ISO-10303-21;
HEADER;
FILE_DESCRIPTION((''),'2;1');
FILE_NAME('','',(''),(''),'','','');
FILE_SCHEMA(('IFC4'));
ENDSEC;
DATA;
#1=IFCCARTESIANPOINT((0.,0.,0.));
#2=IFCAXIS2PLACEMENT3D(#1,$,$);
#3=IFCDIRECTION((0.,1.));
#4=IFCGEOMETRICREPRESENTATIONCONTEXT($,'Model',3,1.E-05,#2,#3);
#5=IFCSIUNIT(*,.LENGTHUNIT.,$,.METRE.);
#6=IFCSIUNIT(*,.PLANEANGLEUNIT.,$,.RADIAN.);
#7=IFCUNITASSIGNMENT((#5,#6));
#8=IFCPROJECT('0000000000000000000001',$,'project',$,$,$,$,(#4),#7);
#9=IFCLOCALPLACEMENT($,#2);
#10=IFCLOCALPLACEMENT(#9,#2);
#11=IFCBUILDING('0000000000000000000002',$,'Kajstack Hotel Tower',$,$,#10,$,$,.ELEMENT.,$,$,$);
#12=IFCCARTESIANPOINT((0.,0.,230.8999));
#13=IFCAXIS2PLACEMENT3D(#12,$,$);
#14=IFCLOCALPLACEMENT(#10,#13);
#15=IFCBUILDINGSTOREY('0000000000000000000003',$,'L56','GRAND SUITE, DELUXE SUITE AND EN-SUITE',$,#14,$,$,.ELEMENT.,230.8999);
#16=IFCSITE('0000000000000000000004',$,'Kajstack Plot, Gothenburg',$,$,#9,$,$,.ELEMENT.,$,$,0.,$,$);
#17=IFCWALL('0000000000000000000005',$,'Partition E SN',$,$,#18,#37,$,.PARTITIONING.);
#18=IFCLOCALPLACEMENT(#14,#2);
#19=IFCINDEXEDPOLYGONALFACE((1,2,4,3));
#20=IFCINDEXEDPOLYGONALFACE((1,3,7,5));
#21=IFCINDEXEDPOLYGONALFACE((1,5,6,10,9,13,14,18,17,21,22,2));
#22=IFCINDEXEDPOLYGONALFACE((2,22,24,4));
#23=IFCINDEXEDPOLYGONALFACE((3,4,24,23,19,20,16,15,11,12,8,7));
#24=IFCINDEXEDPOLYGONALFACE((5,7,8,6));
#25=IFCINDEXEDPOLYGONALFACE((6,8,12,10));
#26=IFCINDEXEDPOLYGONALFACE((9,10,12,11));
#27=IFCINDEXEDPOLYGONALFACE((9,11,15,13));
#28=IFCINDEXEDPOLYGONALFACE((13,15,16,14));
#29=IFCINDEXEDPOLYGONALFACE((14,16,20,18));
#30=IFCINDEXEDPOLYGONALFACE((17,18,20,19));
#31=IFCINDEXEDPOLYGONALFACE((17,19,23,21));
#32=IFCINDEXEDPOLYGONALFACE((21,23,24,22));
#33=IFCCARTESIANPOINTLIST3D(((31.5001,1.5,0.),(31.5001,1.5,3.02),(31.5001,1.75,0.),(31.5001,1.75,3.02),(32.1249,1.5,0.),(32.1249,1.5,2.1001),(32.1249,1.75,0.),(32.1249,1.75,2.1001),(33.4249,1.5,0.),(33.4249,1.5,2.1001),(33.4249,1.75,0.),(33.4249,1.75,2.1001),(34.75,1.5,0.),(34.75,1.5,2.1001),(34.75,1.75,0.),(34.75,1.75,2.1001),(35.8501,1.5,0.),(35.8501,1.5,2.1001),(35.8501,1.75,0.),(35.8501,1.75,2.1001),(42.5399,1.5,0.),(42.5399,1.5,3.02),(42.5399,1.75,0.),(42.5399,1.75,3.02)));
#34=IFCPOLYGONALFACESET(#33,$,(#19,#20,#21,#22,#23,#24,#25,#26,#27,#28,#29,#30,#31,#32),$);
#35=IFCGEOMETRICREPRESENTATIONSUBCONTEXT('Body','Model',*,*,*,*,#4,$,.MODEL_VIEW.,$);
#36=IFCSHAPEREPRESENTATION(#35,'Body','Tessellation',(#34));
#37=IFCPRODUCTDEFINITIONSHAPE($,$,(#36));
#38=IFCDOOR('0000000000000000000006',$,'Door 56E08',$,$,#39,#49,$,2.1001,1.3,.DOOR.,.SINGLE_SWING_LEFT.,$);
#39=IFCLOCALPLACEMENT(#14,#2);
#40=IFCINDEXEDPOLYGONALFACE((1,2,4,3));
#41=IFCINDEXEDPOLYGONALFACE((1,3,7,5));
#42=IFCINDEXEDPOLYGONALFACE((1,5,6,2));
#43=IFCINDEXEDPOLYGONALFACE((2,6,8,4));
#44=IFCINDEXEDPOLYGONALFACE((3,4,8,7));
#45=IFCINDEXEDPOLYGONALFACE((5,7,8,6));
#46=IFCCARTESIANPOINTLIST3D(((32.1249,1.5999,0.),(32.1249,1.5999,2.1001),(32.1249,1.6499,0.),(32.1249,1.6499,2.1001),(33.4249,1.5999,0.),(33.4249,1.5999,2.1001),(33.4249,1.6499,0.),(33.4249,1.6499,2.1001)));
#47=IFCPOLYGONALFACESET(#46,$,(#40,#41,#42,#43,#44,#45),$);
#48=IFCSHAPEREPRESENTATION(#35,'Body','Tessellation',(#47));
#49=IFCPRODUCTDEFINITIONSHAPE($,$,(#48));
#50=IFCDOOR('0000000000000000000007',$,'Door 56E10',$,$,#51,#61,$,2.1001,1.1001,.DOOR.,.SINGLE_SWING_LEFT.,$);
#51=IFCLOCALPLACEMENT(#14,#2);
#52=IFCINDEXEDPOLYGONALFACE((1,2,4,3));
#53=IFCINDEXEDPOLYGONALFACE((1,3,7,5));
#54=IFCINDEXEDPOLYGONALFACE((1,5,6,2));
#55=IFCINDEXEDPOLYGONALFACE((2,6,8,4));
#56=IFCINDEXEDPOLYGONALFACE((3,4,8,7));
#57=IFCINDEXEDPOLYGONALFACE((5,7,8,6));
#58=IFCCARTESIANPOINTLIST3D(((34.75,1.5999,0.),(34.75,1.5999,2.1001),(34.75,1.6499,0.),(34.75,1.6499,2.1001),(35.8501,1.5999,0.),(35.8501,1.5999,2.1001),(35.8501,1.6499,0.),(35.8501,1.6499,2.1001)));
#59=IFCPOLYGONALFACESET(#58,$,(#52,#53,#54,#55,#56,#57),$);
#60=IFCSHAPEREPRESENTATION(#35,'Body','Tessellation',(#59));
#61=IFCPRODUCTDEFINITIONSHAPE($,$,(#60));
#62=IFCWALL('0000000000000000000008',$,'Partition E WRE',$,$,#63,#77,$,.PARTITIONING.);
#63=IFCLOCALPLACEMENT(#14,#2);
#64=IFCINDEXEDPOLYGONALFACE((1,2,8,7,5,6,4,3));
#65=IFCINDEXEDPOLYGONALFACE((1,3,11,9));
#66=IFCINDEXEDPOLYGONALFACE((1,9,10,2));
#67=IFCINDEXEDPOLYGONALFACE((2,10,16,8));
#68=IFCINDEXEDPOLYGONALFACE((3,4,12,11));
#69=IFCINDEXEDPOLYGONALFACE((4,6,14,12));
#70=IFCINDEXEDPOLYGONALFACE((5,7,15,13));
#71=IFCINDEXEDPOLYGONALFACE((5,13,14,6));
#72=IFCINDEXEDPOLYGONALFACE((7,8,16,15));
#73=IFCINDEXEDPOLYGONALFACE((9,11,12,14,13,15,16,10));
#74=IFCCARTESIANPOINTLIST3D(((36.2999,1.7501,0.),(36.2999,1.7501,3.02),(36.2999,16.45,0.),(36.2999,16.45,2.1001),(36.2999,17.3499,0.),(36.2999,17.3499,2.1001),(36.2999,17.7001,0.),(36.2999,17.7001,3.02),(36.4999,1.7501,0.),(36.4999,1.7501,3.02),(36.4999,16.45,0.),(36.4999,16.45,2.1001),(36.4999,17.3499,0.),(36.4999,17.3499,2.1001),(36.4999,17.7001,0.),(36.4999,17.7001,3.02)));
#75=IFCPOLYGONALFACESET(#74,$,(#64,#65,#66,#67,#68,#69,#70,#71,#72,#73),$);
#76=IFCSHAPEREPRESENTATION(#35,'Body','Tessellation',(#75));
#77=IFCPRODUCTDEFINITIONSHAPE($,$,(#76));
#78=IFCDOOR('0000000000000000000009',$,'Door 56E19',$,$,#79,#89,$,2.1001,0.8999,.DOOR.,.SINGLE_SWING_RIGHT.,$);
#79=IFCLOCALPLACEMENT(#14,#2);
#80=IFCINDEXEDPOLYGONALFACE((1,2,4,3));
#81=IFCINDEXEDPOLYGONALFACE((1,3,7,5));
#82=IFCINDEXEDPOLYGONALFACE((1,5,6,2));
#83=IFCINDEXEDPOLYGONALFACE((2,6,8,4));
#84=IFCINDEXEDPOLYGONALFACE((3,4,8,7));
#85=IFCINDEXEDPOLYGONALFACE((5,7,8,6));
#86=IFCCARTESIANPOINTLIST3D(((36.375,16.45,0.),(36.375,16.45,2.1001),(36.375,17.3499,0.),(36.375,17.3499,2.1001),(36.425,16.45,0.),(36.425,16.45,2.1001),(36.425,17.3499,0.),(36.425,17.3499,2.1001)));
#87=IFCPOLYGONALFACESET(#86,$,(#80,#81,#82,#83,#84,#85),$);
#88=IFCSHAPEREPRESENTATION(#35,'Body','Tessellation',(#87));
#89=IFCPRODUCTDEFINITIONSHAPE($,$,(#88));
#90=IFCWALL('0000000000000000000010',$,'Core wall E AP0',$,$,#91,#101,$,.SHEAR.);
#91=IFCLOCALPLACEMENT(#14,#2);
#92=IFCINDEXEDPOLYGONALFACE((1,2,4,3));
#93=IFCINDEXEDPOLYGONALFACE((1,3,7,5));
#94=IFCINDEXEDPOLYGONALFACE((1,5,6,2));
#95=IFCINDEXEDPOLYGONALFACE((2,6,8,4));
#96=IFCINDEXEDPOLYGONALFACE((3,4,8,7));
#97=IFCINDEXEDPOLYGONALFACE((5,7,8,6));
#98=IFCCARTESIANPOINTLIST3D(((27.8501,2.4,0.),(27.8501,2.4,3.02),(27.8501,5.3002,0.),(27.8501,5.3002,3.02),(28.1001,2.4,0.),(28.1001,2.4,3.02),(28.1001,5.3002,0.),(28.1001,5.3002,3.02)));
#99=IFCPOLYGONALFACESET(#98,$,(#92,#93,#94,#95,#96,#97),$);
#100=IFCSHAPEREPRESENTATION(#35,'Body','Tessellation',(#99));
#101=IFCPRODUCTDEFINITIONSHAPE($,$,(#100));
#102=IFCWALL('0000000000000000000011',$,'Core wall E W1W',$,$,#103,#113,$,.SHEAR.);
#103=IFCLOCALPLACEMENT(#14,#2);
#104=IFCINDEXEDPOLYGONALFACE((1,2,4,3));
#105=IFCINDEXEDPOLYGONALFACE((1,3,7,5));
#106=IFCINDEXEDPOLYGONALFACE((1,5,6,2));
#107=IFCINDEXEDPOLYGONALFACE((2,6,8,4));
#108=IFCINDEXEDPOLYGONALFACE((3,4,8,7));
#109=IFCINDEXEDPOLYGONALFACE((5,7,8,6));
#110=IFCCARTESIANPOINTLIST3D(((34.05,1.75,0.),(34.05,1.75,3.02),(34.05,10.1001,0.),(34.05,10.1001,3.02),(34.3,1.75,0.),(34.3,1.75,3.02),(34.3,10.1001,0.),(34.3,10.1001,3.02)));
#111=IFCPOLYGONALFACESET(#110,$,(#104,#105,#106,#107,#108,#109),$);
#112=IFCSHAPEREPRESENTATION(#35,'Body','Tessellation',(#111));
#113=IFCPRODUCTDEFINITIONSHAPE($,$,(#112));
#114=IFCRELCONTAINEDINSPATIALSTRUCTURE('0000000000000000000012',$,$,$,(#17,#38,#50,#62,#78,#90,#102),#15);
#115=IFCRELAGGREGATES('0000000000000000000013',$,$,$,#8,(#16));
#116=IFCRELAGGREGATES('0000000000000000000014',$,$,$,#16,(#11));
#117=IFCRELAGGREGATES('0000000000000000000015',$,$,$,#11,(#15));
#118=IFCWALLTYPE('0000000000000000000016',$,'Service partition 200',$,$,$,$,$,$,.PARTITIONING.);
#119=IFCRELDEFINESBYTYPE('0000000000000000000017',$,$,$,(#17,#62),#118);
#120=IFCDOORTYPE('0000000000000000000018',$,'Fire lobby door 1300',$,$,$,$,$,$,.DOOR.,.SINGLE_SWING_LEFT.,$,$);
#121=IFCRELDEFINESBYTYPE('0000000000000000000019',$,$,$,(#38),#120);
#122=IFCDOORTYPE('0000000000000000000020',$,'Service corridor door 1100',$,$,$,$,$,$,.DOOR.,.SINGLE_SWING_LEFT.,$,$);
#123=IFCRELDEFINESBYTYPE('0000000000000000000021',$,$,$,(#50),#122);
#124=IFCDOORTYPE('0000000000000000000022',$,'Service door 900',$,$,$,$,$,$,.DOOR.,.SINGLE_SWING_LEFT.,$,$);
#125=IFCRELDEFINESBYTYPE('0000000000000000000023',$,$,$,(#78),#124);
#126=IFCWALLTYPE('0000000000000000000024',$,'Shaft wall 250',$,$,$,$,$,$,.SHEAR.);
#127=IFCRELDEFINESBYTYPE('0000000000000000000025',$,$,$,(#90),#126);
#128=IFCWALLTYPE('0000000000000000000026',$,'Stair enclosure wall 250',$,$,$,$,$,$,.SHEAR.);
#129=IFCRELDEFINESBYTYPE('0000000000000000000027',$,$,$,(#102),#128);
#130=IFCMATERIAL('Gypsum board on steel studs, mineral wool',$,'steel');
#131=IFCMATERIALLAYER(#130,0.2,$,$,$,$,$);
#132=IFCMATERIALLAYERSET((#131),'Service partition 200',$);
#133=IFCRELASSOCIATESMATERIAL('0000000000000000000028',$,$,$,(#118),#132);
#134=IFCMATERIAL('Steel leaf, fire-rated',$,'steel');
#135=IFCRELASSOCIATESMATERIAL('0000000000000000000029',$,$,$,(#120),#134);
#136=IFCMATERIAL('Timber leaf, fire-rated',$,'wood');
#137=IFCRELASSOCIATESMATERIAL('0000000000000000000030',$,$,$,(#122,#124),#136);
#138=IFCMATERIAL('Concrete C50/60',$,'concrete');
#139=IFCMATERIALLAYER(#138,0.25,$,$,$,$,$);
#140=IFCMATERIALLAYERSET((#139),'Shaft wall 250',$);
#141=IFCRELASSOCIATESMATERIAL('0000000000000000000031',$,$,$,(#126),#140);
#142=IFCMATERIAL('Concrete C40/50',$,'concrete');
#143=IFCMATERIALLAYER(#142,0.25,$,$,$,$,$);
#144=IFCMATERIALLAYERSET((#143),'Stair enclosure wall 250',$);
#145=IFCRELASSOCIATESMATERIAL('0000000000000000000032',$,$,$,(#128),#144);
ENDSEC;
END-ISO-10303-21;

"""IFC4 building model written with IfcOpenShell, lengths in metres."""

from ifc_helpers import new_model, si_unit, direction, frame, frame_2d, origin, place, context, subcontext, project, spatial, rectangle, extrude, material, layer, layer_set, type_object, element, fill, save


model = new_model("IFC4")

# Units and contexts
model_context = context("Model", 3, precision=1e-05, world=origin(), true_north=direction((0.0, 1.0)))
body_context = subcontext(model_context, "Body", "Model", "MODEL_VIEW")
ifc_project = project(units=[si_unit("LENGTHUNIT", "METRE"), si_unit("PLANEANGLEUNIT", "RADIAN")], contexts=[model_context])

# Site, building, storey
site_placement = place(None, origin())
site = spatial("IfcSite", under=ifc_project, at=site_placement, Name="Kajstack Plot, Gothenburg", CompositionType="ELEMENT", RefElevation=0.0)
building_placement = place(site_placement, origin())
building = spatial("IfcBuilding", under=site, at=building_placement, Name="Kajstack Hotel Tower", CompositionType="ELEMENT")
storey_placement = place(building_placement, frame((0.0, 0.0, 230.8999)))
storey = spatial("IfcBuildingStorey", under=building, at=storey_placement, Name="L56", Description="GRAND SUITE, DELUXE SUITE AND EN-SUITE", CompositionType="ELEMENT", Elevation=230.8999)

# Shared definitions
ifc_material_1 = material(Name="Concrete C50/60", Category="concrete")

# Wall, openings, doors
ifc_material_2 = material(Name="Gypsum board on steel studs, mineral wool", Category="steel")
ifc_layer_1 = layer(ifc_material_2, 0.2)
ifc_layer_set_1 = layer_set([ifc_layer_1], Name="Service partition 200")
wall_type_1 = type_object("IfcWallType", Name="Service partition 200", PredefinedType="PARTITIONING", material=ifc_layer_set_1)
wall_1_placement = place(storey_placement, frame((31.5, 1.625, 0.0), z_axis=(0.0, 0.0, 1.0), x_axis=(1.0, 0.0, 0.0)))
wall_1 = element("IfcWall", 1, at=wall_1_placement, inside=storey, type_object=wall_type_1, Name="Partition E SN", PredefinedType="PARTITIONING", context=body_context, shape_type="SweptSolid", body=[
    extrude(rectangle(XDim=11.0398, YDim=0.25, at=frame_2d((5.52, 0.0))), origin(), (0.0, 0.0, 1.0), 3.02),
])
opening_1_placement = place(wall_1_placement, frame((0.625, 0.0, 0.0)))
opening_1 = element("IfcOpeningElement", 2, at=opening_1_placement, cuts=wall_1, PredefinedType="OPENING", context=body_context, shape_type="SweptSolid", body=[
    extrude(rectangle(XDim=1.3, YDim=2.1001, at=frame_2d((0.6499, 1.05))), frame((0.0, 0.135, 0.0), z_axis=(0.0, -1.0, 0.0), x_axis=(1.0, 0.0, 0.0)), (0.0, 0.0, 1.0), 0.27),
])
opening_2_placement = place(wall_1_placement, frame((3.25, 0.0, 0.0)))
opening_2 = element("IfcOpeningElement", 3, at=opening_2_placement, cuts=wall_1, PredefinedType="OPENING", context=body_context, shape_type="SweptSolid", body=[
    extrude(rectangle(XDim=1.1001, YDim=2.1001, at=frame_2d((0.55, 1.05))), frame((0.0, 0.135, 0.0), z_axis=(0.0, -1.0, 0.0), x_axis=(1.0, 0.0, 0.0)), (0.0, 0.0, 1.0), 0.27),
])
ifc_material_3 = material(Name="Steel leaf, fire-rated", Category="steel")
door_type_1 = type_object("IfcDoorType", Name="Fire lobby door 1300", OperationType="SINGLE_SWING_LEFT", PredefinedType="DOOR", material=ifc_material_3)
door_1_placement = place(opening_1_placement, origin())
door_1 = element("IfcDoor", 4, at=door_1_placement, inside=storey, type_object=door_type_1, Name="Door 56E08", OperationType="SINGLE_SWING_LEFT", OverallHeight=2.1001, OverallWidth=1.3, PredefinedType="DOOR", context=body_context, shape_type="SweptSolid", body=[
    extrude(rectangle(XDim=1.3, YDim=2.1001, at=frame_2d((0.6499, 1.05))), frame((0.0, 0.0249, 0.0), z_axis=(0.0, -1.0, 0.0), x_axis=(1.0, 0.0, 0.0)), (0.0, 0.0, 1.0), 0.05),
])
fill(opening_1, door_1)
ifc_material_4 = material(Name="Timber leaf, fire-rated", Category="wood")
door_type_2 = type_object("IfcDoorType", Name="Service corridor door 1100", OperationType="SINGLE_SWING_LEFT", PredefinedType="DOOR", material=ifc_material_4)
door_2_placement = place(opening_2_placement, origin())
door_2 = element("IfcDoor", 5, at=door_2_placement, inside=storey, type_object=door_type_2, Name="Door 56E10", OperationType="SINGLE_SWING_LEFT", OverallHeight=2.1001, OverallWidth=1.1001, PredefinedType="DOOR", context=body_context, shape_type="SweptSolid", body=[
    extrude(rectangle(XDim=1.1001, YDim=2.1001, at=frame_2d((0.55, 1.05))), frame((0.0, 0.0249, 0.0), z_axis=(0.0, -1.0, 0.0), x_axis=(1.0, 0.0, 0.0)), (0.0, 0.0, 1.0), 0.05),
])
fill(opening_2, door_2)

# Wall, opening, door
wall_2_placement = place(storey_placement, frame((36.3999, 1.75, 0.0), z_axis=(0.0, 0.0, 1.0), x_axis=(0.0, 1.0, 0.0)))
wall_2 = element("IfcWall", 6, at=wall_2_placement, inside=storey, type_object=wall_type_1, Name="Partition E WRE", PredefinedType="PARTITIONING", context=body_context, shape_type="SweptSolid", body=[
    extrude(rectangle(XDim=15.95, YDim=0.2, at=frame_2d((7.9751, 0.0))), origin(), (0.0, 0.0, 1.0), 3.02),
])
opening_3_placement = place(wall_2_placement, frame((14.7, 0.0, 0.0)))
opening_3 = element("IfcOpeningElement", 7, at=opening_3_placement, cuts=wall_2, PredefinedType="OPENING", context=body_context, shape_type="SweptSolid", body=[
    extrude(rectangle(XDim=0.8999, YDim=2.1001, at=frame_2d((0.45, 1.05))), frame((0.0, 0.1099, 0.0), z_axis=(0.0, -1.0, 0.0), x_axis=(1.0, 0.0, 0.0)), (0.0, 0.0, 1.0), 0.22),
])
door_type_3 = type_object("IfcDoorType", Name="Service door 900", OperationType="SINGLE_SWING_LEFT", PredefinedType="DOOR", material=ifc_material_4)
door_3_placement = place(opening_3_placement, origin())
door_3 = element("IfcDoor", 8, at=door_3_placement, inside=storey, type_object=door_type_3, Name="Door 56E19", OperationType="SINGLE_SWING_RIGHT", OverallHeight=2.1001, OverallWidth=0.8999, PredefinedType="DOOR", context=body_context, shape_type="SweptSolid", body=[
    extrude(rectangle(XDim=0.8999, YDim=2.1001, at=frame_2d((0.45, 1.05))), frame((0.0, 0.0249, 0.0), z_axis=(0.0, -1.0, 0.0), x_axis=(1.0, 0.0, 0.0)), (0.0, 0.0, 1.0), 0.05),
])
fill(opening_3, door_3)

# Walls
ifc_layer_2 = layer(ifc_material_1, 0.25)
ifc_layer_set_2 = layer_set([ifc_layer_2], Name="Shaft wall 250")
wall_type_2 = type_object("IfcWallType", Name="Shaft wall 250", PredefinedType="SHEAR", material=ifc_layer_set_2)
wall_3_placement = place(storey_placement, frame((27.9751, 2.3999, 0.0), z_axis=(0.0, 0.0, 1.0), x_axis=(0.0, 1.0, 0.0)))
element("IfcWall", 9, at=wall_3_placement, inside=storey, type_object=wall_type_2, Name="Core wall E AP0", PredefinedType="SHEAR", context=body_context, shape_type="SweptSolid", body=[
    extrude(rectangle(XDim=2.9001, YDim=0.25, at=frame_2d((1.4502, 0.0))), origin(), (0.0, 0.0, 1.0), 3.02),
])
ifc_material_5 = material(Name="Concrete C40/50", Category="concrete")
ifc_layer_3 = layer(ifc_material_5, 0.25)
ifc_layer_set_3 = layer_set([ifc_layer_3], Name="Stair enclosure wall 250")
wall_type_3 = type_object("IfcWallType", Name="Stair enclosure wall 250", PredefinedType="SHEAR", material=ifc_layer_set_3)
wall_4_placement = place(storey_placement, frame((34.175, 1.75, 0.0), z_axis=(0.0, 0.0, 1.0), x_axis=(0.0, 1.0, 0.0)))
element("IfcWall", 10, at=wall_4_placement, inside=storey, type_object=wall_type_3, Name="Core wall E W1W", PredefinedType="SHEAR", context=body_context, shape_type="SweptSolid", body=[
    extrude(rectangle(XDim=8.3501, YDim=0.25, at=frame_2d((4.175, 0.0))), origin(), (0.0, 0.0, 1.0), 3.02),
])

save(model, "model.ifc")
